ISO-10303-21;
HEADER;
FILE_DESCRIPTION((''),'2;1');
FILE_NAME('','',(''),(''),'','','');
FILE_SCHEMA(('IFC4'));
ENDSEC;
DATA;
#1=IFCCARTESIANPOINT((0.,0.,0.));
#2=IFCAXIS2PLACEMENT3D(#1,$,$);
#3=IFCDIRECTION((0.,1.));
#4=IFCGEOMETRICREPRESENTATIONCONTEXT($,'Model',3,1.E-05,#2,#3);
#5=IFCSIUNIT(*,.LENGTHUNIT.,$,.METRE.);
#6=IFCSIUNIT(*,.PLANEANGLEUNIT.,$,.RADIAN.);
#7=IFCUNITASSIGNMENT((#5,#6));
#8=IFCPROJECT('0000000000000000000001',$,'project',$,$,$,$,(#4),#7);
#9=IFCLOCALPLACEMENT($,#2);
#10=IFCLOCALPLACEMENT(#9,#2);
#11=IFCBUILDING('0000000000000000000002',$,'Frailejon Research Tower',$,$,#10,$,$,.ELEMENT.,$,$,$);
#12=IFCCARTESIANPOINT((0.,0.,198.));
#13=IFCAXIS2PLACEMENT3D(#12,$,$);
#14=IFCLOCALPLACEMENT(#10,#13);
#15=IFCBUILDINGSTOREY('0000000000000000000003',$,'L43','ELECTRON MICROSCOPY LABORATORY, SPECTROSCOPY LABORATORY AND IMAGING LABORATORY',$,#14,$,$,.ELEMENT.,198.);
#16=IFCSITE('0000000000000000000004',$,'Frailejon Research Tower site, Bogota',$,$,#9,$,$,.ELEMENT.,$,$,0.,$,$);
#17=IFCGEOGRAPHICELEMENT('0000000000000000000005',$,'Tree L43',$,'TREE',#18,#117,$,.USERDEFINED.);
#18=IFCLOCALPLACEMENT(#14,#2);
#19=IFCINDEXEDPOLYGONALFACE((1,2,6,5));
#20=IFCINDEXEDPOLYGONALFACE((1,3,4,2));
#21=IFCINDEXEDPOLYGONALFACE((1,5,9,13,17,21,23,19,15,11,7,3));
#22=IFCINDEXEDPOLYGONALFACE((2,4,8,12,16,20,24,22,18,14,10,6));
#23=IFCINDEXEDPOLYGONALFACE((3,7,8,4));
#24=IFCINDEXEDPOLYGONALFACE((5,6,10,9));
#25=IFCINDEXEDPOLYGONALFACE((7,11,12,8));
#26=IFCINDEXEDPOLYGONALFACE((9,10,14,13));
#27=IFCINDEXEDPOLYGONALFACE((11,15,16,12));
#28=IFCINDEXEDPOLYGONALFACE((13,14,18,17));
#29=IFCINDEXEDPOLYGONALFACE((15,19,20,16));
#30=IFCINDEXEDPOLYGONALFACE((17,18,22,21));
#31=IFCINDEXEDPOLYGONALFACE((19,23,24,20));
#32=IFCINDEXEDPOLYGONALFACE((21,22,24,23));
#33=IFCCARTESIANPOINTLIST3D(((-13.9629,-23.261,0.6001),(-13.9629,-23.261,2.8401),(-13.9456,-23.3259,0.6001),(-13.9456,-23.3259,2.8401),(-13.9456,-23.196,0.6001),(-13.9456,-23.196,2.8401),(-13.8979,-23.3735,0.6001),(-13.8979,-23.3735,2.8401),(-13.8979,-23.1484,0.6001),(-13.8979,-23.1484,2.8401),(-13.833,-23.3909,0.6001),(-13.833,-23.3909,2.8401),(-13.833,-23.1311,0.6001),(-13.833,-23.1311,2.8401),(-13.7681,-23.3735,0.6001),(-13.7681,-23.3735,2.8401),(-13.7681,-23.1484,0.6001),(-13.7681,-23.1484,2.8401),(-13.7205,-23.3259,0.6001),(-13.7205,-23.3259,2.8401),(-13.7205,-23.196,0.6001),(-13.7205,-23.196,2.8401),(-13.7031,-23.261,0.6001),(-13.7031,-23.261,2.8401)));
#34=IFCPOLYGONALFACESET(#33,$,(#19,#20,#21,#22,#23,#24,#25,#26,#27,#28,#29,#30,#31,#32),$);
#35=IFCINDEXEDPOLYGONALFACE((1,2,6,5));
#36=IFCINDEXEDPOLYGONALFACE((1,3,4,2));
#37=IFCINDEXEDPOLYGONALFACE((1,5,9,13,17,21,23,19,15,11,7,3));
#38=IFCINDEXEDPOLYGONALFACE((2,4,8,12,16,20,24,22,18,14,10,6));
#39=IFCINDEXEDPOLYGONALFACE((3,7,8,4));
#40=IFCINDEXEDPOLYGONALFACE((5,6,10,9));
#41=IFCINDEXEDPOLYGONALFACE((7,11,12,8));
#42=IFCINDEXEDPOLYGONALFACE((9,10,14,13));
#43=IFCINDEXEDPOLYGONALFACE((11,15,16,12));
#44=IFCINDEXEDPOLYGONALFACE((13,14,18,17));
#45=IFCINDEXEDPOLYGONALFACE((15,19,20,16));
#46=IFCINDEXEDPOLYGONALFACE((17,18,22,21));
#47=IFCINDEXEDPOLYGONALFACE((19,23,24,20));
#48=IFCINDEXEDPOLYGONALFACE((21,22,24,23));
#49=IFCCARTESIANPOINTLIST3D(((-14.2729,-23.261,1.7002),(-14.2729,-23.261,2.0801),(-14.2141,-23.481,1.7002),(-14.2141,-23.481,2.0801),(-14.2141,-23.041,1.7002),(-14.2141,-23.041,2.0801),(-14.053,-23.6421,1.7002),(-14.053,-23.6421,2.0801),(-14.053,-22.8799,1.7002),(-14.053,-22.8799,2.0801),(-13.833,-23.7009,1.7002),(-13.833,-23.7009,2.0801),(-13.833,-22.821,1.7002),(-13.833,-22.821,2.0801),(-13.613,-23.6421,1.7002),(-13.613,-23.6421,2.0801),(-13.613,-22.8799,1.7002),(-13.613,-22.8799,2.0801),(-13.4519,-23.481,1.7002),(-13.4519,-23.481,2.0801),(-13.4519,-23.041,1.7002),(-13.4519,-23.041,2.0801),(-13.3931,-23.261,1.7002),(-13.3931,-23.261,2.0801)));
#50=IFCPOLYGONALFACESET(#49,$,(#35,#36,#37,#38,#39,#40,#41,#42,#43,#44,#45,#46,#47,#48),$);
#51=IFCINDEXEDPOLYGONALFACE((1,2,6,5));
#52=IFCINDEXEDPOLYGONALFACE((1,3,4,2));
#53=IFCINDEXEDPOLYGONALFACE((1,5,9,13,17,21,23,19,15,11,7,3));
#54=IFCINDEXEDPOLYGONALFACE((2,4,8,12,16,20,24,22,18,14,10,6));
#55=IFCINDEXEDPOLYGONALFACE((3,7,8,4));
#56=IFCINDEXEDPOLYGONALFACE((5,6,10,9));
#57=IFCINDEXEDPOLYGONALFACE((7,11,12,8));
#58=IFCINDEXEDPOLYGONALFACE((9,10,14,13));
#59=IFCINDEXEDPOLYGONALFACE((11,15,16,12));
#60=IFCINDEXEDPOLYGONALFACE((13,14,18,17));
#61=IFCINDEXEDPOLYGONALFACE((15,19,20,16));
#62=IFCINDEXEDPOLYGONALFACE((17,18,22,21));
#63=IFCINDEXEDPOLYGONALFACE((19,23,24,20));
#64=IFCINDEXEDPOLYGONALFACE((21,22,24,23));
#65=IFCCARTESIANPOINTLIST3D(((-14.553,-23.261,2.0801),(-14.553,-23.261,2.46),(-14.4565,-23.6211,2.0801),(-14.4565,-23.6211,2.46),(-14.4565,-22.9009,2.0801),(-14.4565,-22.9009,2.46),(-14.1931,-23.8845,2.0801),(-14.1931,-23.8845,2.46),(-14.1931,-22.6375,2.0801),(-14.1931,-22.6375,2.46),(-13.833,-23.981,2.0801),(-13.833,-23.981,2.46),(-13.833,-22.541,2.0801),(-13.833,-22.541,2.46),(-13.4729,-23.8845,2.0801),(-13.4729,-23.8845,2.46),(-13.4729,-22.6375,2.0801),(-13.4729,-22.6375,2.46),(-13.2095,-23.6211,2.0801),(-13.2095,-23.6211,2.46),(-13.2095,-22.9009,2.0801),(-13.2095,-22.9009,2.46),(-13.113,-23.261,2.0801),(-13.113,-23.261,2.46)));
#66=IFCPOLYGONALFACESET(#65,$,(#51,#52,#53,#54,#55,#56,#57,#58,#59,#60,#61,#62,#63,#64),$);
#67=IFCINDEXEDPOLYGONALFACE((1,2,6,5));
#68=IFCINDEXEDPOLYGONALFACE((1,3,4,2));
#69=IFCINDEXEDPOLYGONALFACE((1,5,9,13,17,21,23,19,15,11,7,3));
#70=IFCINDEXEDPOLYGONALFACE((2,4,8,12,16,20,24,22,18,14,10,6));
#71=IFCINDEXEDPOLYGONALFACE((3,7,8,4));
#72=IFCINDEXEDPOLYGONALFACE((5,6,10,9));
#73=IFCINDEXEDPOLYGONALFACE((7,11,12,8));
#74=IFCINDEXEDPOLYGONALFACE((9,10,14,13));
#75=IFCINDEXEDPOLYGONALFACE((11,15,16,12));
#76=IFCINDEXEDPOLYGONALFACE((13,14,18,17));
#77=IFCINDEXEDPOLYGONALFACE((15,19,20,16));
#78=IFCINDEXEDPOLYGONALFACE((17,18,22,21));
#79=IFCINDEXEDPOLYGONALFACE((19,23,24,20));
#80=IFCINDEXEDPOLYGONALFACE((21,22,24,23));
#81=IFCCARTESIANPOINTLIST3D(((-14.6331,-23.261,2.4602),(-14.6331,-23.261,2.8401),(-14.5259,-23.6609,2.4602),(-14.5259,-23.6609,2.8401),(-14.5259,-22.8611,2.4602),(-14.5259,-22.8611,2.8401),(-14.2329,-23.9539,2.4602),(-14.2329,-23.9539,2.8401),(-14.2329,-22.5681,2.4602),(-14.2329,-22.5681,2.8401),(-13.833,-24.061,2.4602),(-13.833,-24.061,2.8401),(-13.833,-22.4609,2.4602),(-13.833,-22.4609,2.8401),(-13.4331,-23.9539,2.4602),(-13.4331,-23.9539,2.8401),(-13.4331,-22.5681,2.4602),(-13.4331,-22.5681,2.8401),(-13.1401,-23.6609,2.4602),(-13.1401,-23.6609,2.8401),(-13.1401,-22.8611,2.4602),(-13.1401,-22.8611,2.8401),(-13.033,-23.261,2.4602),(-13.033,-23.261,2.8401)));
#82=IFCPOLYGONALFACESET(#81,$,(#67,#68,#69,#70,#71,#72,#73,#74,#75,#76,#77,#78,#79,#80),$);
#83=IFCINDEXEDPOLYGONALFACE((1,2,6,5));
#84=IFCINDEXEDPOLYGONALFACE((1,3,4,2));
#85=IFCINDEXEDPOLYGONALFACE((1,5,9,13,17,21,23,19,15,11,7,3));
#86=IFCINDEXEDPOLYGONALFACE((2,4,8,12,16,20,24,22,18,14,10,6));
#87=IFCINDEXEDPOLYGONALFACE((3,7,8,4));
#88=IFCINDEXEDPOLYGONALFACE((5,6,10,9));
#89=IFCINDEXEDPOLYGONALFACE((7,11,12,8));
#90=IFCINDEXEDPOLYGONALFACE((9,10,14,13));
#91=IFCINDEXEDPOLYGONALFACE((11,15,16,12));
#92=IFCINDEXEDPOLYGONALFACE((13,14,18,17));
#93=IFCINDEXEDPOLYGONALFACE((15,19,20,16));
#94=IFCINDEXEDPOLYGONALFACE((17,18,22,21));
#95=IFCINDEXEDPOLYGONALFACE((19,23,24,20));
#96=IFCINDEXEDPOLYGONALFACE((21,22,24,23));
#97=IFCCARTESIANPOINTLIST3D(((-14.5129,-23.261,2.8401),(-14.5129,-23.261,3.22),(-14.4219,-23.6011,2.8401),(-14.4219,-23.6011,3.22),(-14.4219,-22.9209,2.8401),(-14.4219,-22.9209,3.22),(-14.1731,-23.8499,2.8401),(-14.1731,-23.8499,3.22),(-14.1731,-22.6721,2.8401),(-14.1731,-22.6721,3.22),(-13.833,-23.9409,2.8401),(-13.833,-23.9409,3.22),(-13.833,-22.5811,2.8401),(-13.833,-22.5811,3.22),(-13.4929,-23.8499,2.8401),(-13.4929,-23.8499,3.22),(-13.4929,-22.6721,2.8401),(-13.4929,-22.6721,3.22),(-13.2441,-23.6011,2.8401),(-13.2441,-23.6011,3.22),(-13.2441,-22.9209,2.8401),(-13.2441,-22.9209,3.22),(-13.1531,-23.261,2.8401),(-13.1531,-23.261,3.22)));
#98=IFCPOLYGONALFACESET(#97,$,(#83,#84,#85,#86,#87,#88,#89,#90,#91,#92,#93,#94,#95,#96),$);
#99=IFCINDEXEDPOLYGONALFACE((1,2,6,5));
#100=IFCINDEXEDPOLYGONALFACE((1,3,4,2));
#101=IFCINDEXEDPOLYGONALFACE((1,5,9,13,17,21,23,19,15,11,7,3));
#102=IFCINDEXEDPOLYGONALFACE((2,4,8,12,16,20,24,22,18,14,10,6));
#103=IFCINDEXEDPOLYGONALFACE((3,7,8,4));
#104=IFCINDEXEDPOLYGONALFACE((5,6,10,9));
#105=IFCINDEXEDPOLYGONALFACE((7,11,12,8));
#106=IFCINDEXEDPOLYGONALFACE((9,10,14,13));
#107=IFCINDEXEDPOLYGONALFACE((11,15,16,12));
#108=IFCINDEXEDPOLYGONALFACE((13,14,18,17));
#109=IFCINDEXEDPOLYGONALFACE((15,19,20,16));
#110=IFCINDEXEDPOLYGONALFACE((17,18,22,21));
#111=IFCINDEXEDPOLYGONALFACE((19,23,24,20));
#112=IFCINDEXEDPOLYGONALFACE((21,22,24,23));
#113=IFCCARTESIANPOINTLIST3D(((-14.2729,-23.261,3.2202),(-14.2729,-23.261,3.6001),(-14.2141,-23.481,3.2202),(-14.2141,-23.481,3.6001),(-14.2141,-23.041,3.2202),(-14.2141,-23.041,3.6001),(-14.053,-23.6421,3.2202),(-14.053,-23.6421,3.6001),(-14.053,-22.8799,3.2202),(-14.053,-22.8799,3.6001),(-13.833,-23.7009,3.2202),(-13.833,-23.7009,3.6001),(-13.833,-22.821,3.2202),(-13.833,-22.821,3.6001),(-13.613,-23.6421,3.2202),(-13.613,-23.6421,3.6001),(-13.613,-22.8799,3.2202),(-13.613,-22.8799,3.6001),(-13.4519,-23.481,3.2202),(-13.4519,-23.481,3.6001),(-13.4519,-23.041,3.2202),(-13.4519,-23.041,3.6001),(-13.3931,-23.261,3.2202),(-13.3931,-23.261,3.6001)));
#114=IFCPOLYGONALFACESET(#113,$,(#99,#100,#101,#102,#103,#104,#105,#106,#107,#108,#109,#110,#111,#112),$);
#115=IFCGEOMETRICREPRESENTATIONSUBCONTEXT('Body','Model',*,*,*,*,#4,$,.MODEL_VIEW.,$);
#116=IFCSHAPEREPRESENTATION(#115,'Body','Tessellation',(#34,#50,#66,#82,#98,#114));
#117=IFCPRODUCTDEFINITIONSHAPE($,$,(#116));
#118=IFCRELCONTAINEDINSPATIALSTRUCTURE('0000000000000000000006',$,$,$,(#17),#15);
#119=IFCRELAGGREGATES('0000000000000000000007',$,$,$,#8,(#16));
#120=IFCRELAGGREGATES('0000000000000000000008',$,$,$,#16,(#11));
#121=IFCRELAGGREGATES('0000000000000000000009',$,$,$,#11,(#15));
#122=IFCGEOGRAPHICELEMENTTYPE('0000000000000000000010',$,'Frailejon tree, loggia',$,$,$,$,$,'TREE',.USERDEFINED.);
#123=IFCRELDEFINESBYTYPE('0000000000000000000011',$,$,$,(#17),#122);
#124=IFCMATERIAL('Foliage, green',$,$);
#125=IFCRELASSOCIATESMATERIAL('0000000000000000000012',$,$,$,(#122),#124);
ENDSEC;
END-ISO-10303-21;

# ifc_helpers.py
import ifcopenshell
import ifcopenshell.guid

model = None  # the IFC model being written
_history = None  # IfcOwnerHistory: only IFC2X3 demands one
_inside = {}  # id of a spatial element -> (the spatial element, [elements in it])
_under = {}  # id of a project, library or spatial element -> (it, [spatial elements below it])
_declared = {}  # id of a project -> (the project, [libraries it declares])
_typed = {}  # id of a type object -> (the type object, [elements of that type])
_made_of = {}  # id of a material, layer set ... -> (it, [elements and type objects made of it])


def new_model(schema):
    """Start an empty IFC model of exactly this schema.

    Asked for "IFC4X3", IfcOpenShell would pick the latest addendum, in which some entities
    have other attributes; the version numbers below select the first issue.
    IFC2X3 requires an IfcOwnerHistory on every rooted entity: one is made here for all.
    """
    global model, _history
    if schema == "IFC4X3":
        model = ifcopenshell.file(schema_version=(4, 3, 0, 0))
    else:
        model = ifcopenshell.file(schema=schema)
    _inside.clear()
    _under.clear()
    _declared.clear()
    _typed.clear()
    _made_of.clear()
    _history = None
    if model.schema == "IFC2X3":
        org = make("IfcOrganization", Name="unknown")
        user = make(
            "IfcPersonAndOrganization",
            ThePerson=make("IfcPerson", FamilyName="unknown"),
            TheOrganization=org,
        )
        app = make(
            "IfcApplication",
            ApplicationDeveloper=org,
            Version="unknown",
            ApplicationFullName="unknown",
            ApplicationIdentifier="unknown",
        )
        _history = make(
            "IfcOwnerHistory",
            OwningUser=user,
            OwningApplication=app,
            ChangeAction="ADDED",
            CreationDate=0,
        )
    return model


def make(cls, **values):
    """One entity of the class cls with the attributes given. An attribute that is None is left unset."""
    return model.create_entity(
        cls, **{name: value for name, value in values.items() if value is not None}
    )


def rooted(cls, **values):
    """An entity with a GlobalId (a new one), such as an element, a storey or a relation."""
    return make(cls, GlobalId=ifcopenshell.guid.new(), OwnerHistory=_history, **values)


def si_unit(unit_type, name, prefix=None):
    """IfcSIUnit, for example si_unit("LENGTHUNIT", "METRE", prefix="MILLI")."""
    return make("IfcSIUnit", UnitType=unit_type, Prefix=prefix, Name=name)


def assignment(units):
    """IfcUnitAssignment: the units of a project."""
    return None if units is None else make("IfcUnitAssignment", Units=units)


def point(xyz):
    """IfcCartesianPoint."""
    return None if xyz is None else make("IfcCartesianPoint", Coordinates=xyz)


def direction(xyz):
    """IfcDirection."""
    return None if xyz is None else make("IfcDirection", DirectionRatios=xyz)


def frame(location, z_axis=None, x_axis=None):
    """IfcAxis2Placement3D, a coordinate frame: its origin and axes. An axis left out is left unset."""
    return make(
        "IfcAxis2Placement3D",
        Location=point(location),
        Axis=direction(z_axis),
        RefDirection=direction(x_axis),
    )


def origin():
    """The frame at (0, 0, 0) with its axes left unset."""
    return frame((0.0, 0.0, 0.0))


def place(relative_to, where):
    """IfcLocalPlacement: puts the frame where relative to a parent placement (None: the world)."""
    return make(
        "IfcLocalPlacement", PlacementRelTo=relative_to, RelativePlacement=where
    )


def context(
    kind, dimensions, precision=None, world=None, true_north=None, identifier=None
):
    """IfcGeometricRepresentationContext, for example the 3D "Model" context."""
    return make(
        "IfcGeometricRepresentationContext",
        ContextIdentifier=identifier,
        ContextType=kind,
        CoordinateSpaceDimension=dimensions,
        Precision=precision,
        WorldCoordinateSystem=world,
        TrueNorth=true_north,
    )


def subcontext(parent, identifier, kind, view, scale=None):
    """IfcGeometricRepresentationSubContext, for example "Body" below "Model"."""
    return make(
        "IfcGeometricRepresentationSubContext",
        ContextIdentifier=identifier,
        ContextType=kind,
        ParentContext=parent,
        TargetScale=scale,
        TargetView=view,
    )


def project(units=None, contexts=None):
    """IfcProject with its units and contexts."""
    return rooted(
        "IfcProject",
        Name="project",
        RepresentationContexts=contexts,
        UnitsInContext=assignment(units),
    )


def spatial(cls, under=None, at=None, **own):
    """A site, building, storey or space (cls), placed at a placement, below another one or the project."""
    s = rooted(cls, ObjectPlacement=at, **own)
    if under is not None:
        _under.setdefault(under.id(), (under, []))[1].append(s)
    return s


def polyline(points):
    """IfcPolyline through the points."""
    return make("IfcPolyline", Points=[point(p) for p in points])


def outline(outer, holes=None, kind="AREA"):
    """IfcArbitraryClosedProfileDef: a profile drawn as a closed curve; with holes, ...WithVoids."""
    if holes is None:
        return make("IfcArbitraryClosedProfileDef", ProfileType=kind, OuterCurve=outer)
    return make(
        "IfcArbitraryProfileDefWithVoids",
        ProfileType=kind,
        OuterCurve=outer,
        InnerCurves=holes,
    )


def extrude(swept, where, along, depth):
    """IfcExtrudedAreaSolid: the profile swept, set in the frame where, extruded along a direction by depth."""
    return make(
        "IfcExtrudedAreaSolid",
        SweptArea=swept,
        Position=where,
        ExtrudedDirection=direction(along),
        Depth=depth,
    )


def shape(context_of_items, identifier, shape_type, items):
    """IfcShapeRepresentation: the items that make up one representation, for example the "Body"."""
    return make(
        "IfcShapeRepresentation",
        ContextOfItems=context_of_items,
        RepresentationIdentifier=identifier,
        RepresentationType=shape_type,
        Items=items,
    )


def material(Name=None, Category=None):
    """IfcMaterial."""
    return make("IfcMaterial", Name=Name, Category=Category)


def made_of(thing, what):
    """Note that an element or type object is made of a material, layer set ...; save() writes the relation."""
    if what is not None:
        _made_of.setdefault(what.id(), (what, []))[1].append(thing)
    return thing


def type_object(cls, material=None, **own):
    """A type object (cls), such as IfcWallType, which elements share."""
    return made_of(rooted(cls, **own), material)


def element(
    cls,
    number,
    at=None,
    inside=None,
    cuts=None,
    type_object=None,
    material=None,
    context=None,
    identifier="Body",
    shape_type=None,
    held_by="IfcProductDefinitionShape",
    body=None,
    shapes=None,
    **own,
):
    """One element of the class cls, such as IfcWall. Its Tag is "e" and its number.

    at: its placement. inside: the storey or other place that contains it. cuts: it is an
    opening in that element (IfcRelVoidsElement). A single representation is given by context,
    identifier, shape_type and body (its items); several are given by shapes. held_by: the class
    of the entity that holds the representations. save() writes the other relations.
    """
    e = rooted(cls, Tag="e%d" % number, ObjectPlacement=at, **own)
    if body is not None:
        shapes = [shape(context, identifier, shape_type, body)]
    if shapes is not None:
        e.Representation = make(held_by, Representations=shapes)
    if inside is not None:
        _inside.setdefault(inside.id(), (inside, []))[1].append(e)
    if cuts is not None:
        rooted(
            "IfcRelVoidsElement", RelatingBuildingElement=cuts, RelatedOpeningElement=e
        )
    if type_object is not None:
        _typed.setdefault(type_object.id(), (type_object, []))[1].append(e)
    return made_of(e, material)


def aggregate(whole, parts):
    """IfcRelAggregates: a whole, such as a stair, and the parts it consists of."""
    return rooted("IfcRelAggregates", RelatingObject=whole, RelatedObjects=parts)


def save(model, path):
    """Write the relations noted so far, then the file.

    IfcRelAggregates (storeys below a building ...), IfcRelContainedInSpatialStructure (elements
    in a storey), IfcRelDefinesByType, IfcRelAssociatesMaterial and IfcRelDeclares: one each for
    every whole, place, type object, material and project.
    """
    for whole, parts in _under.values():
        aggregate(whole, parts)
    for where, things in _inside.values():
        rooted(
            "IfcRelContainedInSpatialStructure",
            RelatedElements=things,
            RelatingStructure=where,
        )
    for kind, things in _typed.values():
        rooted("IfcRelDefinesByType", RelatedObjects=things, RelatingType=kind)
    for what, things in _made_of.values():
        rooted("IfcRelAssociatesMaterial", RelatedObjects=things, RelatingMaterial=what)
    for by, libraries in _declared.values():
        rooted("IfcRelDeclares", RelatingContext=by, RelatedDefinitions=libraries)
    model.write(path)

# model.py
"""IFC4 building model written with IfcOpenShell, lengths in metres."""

from ifc_helpers import new_model, si_unit, direction, frame, origin, place, context, subcontext, project, spatial, polyline, outline, extrude, material, type_object, element, save


model = new_model("IFC4")

# Units and contexts
model_context = context("Model", 3, precision=1e-05, world=origin(), true_north=direction((0.0, 1.0)))
body_context = subcontext(model_context, "Body", "Model", "MODEL_VIEW")
ifc_project = project(units=[si_unit("LENGTHUNIT", "METRE"), si_unit("PLANEANGLEUNIT", "RADIAN")], contexts=[model_context])

# Site, building, storey
site_placement = place(None, origin())
site = spatial("IfcSite", under=ifc_project, at=site_placement, Name="Frailejon Research Tower site, Bogota", CompositionType="ELEMENT", RefElevation=0.0)
building_placement = place(site_placement, origin())
building = spatial("IfcBuilding", under=site, at=building_placement, Name="Frailejon Research Tower", CompositionType="ELEMENT")
storey_placement = place(building_placement, frame((0.0, 0.0, 198.0)))
storey = spatial("IfcBuildingStorey", under=building, at=storey_placement, Name="L43", Description="ELECTRON MICROSCOPY LABORATORY, SPECTROSCOPY LABORATORY AND IMAGING LABORATORY", CompositionType="ELEMENT", Elevation=198.0)

# Geographic element
ifc_material_1 = material(Name="Foliage, green")
geographic_element_type = type_object("IfcGeographicElementType", Name="Frailejon tree, loggia", ElementType="TREE", PredefinedType="USERDEFINED", material=ifc_material_1)
geographic_element_placement = place(storey_placement, frame((-13.833, -23.261, 0.6001)))
element("IfcGeographicElement", 1, at=geographic_element_placement, inside=storey, type_object=geographic_element_type, Name="Tree L43", ObjectType="TREE", PredefinedType="USERDEFINED", context=body_context, shape_type="SweptSolid", body=[
    extrude(outline(polyline([(0.1299, 0.0), (0.1125, 0.0649), (0.0649, 0.1125), (0.0, 0.1299), (-0.0649, 0.1125), (-0.1125, 0.0649), (-0.1299, 0.0), (-0.1125, -0.0649), (-0.0649, -0.1125), (0.0, -0.1299), (0.0649, -0.1125), (0.1125, -0.0649), (0.1299, 0.0)])), origin(), (0.0, 0.0, 1.0), 2.24),
    extrude(outline(polyline([(0.4399, 0.0), (0.3811, 0.22), (0.22, 0.3811), (0.0, 0.4399), (-0.22, 0.3811), (-0.3811, 0.22), (-0.4399, 0.0), (-0.3811, -0.22), (-0.22, -0.3811), (0.0, -0.4399), (0.22, -0.3811), (0.3811, -0.22), (0.4399, 0.0)])), frame((0.0, 0.0, 1.1001)), (0.0, 0.0, 1.0), 0.3799),
    extrude(outline(polyline([(0.72, 0.0), (0.6235, 0.3601), (0.3601, 0.6235), (0.0, 0.72), (-0.3601, 0.6235), (-0.6235, 0.3601), (-0.72, 0.0), (-0.6235, -0.3601), (-0.3601, -0.6235), (0.0, -0.72), (0.3601, -0.6235), (0.6235, -0.3601), (0.72, 0.0)])), frame((0.0, 0.0, 1.48)), (0.0, 0.0, 1.0), 0.3799),
    extrude(outline(polyline([(0.8, 0.0), (0.6929, 0.3999), (0.3999, 0.6929), (0.0, 0.8), (-0.3999, 0.6929), (-0.6929, 0.3999), (-0.8, 0.0), (-0.6929, -0.3999), (-0.3999, -0.6929), (0.0, -0.8), (0.3999, -0.6929), (0.6929, -0.3999), (0.8, 0.0)])), frame((0.0, 0.0, 1.8601)), (0.0, 0.0, 1.0), 0.3799),
    extrude(outline(polyline([(0.6799, 0.0), (0.5889, 0.3401), (0.3401, 0.5889), (0.0, 0.6799), (-0.3401, 0.5889), (-0.5889, 0.3401), (-0.6799, 0.0), (-0.5889, -0.3401), (-0.3401, -0.5889), (0.0, -0.6799), (0.3401, -0.5889), (0.5889, -0.3401), (0.6799, 0.0)])), frame((0.0, 0.0, 2.24)), (0.0, 0.0, 1.0), 0.3799),
    extrude(outline(polyline([(0.4399, 0.0), (0.3811, 0.22), (0.22, 0.3811), (0.0, 0.4399), (-0.22, 0.3811), (-0.3811, 0.22), (-0.4399, 0.0), (-0.3811, -0.22), (-0.22, -0.3811), (0.0, -0.4399), (0.22, -0.3811), (0.3811, -0.22), (0.4399, 0.0)])), frame((0.0, 0.0, 2.6201)), (0.0, 0.0, 1.0), 0.3799),
])

save(model, "model.ifc")
